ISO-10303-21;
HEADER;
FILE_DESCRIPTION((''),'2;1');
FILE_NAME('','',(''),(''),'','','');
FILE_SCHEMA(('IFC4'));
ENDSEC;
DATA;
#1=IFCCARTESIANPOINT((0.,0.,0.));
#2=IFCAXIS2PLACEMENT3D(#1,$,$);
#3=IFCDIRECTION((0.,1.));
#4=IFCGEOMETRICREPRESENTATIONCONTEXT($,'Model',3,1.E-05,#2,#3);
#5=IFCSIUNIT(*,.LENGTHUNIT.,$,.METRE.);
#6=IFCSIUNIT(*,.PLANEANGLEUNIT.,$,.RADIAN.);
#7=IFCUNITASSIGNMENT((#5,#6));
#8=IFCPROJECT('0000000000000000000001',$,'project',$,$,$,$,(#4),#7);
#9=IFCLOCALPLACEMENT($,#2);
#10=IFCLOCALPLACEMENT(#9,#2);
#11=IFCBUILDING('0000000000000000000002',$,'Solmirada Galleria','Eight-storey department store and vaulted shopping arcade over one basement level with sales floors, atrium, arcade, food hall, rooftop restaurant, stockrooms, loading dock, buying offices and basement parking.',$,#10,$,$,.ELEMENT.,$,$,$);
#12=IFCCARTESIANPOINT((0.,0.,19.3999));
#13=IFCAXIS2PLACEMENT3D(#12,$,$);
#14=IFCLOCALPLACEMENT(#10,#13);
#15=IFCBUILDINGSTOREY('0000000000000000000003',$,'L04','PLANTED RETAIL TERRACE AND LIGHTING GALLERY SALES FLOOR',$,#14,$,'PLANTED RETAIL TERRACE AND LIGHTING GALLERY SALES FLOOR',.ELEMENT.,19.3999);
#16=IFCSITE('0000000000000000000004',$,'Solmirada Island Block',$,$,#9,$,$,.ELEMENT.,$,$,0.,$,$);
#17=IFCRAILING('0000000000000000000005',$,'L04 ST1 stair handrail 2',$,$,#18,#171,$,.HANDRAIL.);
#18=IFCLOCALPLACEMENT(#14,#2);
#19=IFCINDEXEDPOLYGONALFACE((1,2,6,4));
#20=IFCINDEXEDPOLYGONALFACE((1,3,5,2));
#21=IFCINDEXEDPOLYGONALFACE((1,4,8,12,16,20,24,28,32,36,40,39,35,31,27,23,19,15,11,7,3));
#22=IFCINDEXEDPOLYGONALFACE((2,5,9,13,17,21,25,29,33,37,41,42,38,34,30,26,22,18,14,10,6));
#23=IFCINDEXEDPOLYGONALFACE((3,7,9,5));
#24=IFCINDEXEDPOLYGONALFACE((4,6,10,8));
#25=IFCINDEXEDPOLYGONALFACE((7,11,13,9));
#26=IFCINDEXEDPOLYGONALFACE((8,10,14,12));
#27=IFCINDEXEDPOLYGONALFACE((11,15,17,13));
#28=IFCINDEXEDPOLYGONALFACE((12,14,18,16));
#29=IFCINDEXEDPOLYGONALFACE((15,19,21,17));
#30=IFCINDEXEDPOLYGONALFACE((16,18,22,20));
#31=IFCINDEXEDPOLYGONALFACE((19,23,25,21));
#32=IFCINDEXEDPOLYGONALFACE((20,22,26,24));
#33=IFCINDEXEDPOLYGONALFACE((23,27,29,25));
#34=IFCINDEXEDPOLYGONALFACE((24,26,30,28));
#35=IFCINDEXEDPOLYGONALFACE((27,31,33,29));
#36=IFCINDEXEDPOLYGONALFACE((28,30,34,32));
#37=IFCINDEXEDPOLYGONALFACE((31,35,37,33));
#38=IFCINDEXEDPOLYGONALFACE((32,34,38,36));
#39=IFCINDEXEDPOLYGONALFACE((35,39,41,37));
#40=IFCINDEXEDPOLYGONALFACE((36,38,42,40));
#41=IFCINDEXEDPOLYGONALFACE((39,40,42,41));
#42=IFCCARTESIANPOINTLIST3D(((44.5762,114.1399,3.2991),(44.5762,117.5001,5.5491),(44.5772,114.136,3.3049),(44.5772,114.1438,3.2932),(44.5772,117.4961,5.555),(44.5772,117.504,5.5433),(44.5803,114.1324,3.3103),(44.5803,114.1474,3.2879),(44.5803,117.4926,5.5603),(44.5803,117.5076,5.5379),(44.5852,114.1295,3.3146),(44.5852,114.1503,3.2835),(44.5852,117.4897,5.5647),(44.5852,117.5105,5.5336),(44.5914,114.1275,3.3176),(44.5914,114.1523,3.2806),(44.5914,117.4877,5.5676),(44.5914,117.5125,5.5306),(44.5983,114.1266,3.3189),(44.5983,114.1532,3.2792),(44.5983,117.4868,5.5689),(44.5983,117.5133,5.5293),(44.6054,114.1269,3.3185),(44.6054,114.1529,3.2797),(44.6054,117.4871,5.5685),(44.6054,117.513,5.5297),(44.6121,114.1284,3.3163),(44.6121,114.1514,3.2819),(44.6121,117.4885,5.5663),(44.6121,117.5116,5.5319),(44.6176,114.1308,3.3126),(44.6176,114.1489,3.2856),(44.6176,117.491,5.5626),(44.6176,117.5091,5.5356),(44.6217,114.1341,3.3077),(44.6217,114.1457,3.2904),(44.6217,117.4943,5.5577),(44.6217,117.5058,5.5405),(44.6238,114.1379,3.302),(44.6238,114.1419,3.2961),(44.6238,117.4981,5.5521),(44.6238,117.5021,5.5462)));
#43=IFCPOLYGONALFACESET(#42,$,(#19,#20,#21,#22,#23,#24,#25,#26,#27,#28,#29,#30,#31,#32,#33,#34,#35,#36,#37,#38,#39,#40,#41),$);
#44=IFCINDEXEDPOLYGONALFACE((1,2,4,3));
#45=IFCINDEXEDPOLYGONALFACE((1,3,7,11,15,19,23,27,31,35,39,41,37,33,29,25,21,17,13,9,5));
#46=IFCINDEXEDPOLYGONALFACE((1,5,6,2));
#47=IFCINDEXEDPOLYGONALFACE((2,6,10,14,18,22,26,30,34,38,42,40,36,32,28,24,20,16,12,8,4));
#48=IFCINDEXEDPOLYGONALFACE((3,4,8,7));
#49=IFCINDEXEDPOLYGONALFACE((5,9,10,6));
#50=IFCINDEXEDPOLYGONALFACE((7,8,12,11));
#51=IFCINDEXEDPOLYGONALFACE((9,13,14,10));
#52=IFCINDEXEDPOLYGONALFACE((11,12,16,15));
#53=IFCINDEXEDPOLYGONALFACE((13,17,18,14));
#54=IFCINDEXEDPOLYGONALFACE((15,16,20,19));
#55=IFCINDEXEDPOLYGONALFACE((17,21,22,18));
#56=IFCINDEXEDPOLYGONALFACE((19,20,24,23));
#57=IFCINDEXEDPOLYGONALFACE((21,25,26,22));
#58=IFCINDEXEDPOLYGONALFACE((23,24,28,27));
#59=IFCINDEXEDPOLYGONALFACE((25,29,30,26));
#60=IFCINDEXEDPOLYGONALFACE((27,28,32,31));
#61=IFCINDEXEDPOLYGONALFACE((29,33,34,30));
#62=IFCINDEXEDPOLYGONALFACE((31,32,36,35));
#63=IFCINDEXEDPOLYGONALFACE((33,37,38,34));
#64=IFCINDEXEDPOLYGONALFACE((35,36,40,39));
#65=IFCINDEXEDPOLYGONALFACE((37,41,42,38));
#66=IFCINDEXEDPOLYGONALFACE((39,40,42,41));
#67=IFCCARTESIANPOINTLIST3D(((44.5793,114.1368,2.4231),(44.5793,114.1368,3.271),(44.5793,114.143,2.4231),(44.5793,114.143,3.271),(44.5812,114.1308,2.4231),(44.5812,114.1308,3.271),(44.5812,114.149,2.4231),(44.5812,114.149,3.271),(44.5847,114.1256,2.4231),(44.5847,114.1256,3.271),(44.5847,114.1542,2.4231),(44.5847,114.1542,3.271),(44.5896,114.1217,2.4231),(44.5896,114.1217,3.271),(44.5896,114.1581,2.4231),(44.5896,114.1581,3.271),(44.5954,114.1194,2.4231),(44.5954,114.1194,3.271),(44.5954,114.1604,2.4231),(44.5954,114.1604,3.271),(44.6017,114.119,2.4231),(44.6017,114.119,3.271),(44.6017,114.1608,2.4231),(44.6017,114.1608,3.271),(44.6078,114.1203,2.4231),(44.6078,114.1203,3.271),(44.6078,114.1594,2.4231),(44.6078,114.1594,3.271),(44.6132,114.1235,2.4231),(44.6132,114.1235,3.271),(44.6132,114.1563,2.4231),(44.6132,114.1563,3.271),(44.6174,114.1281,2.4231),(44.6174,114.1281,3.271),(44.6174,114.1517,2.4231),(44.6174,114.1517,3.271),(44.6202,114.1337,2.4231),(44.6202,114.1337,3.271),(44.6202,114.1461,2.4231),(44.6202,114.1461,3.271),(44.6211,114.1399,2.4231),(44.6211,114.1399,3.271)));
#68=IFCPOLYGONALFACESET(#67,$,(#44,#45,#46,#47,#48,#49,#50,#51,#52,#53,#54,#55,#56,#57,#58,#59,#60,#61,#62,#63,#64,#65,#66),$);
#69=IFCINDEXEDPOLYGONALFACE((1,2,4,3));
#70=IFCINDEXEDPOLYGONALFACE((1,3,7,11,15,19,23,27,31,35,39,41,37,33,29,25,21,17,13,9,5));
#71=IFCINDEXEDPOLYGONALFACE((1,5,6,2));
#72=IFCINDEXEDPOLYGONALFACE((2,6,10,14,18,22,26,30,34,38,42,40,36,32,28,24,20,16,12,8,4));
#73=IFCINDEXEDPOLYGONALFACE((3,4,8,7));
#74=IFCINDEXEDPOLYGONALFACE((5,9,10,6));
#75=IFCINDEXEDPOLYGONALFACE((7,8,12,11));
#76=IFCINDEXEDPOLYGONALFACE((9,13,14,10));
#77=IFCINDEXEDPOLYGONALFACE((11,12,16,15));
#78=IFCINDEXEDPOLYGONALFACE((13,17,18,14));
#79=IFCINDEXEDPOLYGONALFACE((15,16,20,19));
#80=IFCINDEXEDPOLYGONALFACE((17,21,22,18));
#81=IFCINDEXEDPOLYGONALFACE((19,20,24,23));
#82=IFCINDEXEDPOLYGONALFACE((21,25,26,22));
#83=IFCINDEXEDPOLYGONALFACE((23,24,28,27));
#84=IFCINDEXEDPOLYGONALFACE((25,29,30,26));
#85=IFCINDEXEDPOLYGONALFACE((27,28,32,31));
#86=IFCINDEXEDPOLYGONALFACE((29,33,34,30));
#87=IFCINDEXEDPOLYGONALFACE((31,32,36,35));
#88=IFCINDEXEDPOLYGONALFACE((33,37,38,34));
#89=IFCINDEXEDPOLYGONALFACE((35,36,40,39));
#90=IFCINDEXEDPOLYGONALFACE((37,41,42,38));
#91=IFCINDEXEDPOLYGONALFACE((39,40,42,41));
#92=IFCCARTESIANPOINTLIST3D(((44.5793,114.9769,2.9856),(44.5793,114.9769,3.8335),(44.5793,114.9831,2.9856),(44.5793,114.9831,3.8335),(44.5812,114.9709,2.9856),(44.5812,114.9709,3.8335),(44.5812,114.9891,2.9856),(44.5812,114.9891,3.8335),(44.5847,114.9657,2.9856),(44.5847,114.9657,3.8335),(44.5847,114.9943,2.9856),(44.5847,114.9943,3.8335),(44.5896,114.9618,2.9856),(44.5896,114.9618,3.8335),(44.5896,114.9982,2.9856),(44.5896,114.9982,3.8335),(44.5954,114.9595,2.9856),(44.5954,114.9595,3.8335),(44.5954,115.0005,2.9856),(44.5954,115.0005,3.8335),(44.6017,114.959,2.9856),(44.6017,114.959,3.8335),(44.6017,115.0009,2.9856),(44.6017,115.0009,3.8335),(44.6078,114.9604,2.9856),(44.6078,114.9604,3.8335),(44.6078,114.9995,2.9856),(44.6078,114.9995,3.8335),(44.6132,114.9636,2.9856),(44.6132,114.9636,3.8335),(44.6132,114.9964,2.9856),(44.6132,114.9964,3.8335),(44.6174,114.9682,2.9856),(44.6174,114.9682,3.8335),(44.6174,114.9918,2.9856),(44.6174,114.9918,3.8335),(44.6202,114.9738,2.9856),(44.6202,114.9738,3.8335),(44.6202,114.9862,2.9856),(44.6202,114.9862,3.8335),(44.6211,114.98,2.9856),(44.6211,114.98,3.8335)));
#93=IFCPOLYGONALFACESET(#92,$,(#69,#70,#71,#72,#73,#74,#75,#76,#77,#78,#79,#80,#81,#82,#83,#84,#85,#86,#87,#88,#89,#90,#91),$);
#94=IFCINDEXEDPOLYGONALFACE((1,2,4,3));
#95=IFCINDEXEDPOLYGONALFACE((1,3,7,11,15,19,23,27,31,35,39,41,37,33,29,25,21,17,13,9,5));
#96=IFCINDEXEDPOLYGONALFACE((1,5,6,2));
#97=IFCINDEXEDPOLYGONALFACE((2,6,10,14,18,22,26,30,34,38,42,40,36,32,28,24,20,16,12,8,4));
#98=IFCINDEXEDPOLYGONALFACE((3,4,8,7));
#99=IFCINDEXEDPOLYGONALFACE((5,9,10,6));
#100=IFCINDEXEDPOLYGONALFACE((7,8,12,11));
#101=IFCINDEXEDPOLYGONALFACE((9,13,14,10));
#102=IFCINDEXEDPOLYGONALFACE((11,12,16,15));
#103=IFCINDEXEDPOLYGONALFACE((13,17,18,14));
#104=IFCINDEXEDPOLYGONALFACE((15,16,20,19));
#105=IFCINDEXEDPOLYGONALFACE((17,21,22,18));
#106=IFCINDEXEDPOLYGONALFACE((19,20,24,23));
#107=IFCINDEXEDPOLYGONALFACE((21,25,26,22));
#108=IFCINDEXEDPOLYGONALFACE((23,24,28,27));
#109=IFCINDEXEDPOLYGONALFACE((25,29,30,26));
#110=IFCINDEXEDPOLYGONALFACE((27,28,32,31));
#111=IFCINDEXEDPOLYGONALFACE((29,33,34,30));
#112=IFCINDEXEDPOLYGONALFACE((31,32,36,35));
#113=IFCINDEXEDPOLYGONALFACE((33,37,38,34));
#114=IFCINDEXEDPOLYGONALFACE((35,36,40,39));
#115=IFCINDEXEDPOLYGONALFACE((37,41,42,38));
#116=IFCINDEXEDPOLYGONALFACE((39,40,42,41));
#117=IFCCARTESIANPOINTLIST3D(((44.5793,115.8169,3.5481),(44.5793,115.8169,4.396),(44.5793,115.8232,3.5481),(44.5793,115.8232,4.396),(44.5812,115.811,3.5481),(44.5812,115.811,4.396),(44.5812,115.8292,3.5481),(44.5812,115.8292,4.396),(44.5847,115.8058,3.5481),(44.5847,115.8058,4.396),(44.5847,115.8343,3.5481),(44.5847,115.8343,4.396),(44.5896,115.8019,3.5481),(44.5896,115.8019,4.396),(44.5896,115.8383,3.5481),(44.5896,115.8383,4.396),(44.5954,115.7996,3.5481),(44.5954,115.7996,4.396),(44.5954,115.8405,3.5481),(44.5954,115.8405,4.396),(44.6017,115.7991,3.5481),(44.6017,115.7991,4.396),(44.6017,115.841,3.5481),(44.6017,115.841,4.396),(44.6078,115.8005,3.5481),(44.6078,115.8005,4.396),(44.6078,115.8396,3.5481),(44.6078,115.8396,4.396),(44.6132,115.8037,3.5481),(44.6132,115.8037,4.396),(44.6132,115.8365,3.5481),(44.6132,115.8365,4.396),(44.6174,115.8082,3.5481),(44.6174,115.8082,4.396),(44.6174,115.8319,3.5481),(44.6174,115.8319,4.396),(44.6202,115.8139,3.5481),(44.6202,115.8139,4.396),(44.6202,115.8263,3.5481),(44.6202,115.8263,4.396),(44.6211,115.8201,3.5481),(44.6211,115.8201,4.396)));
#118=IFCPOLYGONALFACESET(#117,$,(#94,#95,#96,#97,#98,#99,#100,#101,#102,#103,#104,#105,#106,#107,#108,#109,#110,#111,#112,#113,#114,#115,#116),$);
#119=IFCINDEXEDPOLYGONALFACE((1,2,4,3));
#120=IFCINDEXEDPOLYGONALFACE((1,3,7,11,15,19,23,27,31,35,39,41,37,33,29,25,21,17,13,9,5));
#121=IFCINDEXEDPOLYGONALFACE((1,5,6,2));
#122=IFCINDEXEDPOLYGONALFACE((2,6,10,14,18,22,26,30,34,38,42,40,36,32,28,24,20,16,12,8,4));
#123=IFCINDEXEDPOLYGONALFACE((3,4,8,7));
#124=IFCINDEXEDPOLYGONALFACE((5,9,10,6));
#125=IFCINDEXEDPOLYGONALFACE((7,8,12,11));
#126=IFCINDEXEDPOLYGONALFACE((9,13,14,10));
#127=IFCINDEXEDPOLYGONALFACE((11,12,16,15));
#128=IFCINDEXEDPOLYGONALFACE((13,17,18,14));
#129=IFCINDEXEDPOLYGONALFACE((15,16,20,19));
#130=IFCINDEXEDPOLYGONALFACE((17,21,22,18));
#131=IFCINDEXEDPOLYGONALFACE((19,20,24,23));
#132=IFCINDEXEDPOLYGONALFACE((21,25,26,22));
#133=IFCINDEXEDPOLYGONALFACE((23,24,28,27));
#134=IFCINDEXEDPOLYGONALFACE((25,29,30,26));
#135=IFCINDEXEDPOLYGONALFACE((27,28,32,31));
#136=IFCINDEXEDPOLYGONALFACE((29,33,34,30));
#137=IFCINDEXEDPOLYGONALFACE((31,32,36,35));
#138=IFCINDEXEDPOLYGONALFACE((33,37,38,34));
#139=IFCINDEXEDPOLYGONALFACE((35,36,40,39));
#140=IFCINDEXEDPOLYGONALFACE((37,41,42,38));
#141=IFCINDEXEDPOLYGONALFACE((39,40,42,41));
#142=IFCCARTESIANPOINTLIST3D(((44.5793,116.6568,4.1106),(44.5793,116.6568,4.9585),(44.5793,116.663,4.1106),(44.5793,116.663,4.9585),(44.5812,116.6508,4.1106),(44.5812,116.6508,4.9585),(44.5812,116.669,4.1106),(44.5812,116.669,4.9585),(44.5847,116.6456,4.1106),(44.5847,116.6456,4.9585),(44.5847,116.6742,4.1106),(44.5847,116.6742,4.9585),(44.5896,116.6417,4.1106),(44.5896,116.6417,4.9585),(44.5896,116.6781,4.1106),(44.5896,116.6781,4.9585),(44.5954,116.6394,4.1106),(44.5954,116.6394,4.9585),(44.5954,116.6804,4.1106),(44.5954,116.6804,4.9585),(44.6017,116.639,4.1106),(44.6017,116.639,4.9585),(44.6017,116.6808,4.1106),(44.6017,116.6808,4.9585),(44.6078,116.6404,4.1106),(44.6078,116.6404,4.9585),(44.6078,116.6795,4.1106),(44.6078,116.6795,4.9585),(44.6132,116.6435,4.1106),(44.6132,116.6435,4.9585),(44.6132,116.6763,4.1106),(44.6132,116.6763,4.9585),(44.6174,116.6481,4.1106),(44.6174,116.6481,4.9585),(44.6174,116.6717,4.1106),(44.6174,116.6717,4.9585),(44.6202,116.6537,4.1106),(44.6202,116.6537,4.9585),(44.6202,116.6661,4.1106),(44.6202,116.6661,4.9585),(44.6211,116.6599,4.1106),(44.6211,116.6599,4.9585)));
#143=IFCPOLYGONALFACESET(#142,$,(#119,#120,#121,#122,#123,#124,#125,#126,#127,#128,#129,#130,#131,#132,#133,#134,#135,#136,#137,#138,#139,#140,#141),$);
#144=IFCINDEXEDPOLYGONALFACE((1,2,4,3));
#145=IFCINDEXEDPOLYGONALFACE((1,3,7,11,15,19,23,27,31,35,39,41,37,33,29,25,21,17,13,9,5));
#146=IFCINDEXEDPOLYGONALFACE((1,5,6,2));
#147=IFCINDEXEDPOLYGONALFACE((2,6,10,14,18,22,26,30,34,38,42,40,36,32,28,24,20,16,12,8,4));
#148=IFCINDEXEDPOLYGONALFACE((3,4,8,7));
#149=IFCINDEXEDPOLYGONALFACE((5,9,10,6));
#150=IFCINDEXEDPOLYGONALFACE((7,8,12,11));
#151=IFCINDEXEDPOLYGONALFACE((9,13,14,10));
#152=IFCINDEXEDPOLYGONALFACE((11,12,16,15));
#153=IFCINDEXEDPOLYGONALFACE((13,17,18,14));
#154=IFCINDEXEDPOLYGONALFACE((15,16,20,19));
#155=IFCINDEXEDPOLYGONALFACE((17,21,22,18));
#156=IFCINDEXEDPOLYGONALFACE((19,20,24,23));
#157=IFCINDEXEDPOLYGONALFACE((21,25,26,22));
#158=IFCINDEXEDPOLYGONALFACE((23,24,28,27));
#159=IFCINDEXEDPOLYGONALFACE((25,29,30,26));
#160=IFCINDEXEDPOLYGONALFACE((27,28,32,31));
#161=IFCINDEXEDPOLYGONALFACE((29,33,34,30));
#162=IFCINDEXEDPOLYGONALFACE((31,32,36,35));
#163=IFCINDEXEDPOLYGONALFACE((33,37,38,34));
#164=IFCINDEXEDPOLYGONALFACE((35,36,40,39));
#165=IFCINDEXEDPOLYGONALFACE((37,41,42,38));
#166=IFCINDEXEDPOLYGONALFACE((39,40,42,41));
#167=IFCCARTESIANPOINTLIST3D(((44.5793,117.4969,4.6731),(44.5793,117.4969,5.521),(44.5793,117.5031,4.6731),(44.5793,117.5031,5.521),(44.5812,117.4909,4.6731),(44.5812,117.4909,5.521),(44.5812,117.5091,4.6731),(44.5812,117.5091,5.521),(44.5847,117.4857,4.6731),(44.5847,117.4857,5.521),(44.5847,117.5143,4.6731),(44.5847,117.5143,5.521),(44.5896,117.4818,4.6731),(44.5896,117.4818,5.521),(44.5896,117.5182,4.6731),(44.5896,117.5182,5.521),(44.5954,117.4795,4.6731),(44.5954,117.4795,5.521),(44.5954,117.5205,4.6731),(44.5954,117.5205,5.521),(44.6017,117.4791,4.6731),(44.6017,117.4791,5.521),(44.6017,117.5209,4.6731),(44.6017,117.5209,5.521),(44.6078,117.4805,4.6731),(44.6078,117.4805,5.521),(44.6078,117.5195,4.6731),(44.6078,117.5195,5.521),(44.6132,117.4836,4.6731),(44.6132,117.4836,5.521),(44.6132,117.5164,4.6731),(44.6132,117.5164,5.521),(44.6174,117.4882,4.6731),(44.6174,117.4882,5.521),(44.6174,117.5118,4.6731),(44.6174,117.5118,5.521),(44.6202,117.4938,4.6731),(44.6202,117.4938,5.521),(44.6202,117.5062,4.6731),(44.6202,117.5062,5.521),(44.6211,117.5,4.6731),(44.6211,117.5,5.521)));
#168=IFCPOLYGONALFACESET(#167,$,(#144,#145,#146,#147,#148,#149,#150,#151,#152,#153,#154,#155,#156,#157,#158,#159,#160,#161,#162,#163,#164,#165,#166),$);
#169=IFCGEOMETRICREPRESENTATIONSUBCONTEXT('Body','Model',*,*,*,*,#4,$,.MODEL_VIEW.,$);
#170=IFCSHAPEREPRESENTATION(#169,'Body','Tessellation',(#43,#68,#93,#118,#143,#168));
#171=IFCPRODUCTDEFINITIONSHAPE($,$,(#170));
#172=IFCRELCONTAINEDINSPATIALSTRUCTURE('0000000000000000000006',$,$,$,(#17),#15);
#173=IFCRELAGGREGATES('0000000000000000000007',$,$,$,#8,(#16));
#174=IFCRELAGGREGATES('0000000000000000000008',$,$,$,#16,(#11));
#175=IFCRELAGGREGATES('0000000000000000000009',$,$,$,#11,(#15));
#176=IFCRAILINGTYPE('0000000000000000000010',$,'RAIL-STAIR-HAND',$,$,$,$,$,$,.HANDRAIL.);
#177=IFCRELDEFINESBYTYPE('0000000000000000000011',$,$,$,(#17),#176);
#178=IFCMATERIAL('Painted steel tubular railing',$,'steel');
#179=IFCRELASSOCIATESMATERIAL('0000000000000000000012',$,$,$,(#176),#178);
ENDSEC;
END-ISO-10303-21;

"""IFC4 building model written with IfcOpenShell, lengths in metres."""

from ifc_helpers import new_model, si_unit, direction, frame, origin, origin_2d, place, context, subcontext, project, spatial, circle, extrude, material, type_object, element, save


model = new_model("IFC4")

# Units and contexts
model_context = context("Model", 3, precision=1e-05, world=origin(), true_north=direction((0.0, 1.0)))
body_context = subcontext(model_context, "Body", "Model", "MODEL_VIEW")
ifc_project = project(units=[si_unit("LENGTHUNIT", "METRE"), si_unit("PLANEANGLEUNIT", "RADIAN")], contexts=[model_context])

# Site, building, storey
site_placement = place(None, origin())
site = spatial("IfcSite", under=ifc_project, at=site_placement, Name="Solmirada Island Block", CompositionType="ELEMENT", RefElevation=0.0)
building_placement = place(site_placement, origin())
building = spatial("IfcBuilding", under=site, at=building_placement, Name="Solmirada Galleria", Description="Eight-storey department store and vaulted shopping arcade over one basement level with sales floors, atrium, arcade, food hall, rooftop restaurant, stockrooms, loading dock, buying offices and basement parking.", CompositionType="ELEMENT")
storey_placement = place(building_placement, frame((0.0, 0.0, 19.3999)))
storey = spatial("IfcBuildingStorey", under=building, at=storey_placement, Name="L04", Description="PLANTED RETAIL TERRACE AND LIGHTING GALLERY SALES FLOOR", LongName="PLANTED RETAIL TERRACE AND LIGHTING GALLERY SALES FLOOR", CompositionType="ELEMENT", Elevation=19.3999)

# Railing
ifc_material_1 = material(Name="Painted steel tubular railing", Category="steel")
railing_type_1 = type_object("IfcRailingType", Name="RAIL-STAIR-HAND", PredefinedType="HANDRAIL", material=ifc_material_1)
railing_1_placement = place(storey_placement, frame((44.6001, 114.1399, 2.4231)))
element("IfcRailing", 1, at=railing_1_placement, inside=storey, type_object=railing_type_1, Name="L04 ST1 stair handrail 2", PredefinedType="HANDRAIL", context=body_context, shape_type="SweptSolid", body=[
    extrude(circle(Radius=0.0239, at=origin_2d()), frame((0.0, 0.0, 0.876), z_axis=(0.0, 0.830915, 0.556399), x_axis=(-1.0, 0.0, 0.0)), (0.0, 0.0, 1.0), 4.0439),
    extrude(circle(Radius=0.021, at=origin_2d()), origin(), (0.0, 0.0, 1.0), 0.8479),
    extrude(circle(Radius=0.021, at=origin_2d()), frame((0.0, 0.8401, 0.5625)), (0.0, 0.0, 1.0), 0.8479),
    extrude(circle(Radius=0.021, at=origin_2d()), frame((0.0, 1.6802, 1.125)), (0.0, 0.0, 1.0), 0.8479),
    extrude(circle(Radius=0.021, at=origin_2d()), frame((0.0, 2.52, 1.6875)), (0.0, 0.0, 1.0), 0.8479),
    extrude(circle(Radius=0.021, at=origin_2d()), frame((0.0, 3.3601, 2.25)), (0.0, 0.0, 1.0), 0.8479),
])

save(model, "model.ifc")
